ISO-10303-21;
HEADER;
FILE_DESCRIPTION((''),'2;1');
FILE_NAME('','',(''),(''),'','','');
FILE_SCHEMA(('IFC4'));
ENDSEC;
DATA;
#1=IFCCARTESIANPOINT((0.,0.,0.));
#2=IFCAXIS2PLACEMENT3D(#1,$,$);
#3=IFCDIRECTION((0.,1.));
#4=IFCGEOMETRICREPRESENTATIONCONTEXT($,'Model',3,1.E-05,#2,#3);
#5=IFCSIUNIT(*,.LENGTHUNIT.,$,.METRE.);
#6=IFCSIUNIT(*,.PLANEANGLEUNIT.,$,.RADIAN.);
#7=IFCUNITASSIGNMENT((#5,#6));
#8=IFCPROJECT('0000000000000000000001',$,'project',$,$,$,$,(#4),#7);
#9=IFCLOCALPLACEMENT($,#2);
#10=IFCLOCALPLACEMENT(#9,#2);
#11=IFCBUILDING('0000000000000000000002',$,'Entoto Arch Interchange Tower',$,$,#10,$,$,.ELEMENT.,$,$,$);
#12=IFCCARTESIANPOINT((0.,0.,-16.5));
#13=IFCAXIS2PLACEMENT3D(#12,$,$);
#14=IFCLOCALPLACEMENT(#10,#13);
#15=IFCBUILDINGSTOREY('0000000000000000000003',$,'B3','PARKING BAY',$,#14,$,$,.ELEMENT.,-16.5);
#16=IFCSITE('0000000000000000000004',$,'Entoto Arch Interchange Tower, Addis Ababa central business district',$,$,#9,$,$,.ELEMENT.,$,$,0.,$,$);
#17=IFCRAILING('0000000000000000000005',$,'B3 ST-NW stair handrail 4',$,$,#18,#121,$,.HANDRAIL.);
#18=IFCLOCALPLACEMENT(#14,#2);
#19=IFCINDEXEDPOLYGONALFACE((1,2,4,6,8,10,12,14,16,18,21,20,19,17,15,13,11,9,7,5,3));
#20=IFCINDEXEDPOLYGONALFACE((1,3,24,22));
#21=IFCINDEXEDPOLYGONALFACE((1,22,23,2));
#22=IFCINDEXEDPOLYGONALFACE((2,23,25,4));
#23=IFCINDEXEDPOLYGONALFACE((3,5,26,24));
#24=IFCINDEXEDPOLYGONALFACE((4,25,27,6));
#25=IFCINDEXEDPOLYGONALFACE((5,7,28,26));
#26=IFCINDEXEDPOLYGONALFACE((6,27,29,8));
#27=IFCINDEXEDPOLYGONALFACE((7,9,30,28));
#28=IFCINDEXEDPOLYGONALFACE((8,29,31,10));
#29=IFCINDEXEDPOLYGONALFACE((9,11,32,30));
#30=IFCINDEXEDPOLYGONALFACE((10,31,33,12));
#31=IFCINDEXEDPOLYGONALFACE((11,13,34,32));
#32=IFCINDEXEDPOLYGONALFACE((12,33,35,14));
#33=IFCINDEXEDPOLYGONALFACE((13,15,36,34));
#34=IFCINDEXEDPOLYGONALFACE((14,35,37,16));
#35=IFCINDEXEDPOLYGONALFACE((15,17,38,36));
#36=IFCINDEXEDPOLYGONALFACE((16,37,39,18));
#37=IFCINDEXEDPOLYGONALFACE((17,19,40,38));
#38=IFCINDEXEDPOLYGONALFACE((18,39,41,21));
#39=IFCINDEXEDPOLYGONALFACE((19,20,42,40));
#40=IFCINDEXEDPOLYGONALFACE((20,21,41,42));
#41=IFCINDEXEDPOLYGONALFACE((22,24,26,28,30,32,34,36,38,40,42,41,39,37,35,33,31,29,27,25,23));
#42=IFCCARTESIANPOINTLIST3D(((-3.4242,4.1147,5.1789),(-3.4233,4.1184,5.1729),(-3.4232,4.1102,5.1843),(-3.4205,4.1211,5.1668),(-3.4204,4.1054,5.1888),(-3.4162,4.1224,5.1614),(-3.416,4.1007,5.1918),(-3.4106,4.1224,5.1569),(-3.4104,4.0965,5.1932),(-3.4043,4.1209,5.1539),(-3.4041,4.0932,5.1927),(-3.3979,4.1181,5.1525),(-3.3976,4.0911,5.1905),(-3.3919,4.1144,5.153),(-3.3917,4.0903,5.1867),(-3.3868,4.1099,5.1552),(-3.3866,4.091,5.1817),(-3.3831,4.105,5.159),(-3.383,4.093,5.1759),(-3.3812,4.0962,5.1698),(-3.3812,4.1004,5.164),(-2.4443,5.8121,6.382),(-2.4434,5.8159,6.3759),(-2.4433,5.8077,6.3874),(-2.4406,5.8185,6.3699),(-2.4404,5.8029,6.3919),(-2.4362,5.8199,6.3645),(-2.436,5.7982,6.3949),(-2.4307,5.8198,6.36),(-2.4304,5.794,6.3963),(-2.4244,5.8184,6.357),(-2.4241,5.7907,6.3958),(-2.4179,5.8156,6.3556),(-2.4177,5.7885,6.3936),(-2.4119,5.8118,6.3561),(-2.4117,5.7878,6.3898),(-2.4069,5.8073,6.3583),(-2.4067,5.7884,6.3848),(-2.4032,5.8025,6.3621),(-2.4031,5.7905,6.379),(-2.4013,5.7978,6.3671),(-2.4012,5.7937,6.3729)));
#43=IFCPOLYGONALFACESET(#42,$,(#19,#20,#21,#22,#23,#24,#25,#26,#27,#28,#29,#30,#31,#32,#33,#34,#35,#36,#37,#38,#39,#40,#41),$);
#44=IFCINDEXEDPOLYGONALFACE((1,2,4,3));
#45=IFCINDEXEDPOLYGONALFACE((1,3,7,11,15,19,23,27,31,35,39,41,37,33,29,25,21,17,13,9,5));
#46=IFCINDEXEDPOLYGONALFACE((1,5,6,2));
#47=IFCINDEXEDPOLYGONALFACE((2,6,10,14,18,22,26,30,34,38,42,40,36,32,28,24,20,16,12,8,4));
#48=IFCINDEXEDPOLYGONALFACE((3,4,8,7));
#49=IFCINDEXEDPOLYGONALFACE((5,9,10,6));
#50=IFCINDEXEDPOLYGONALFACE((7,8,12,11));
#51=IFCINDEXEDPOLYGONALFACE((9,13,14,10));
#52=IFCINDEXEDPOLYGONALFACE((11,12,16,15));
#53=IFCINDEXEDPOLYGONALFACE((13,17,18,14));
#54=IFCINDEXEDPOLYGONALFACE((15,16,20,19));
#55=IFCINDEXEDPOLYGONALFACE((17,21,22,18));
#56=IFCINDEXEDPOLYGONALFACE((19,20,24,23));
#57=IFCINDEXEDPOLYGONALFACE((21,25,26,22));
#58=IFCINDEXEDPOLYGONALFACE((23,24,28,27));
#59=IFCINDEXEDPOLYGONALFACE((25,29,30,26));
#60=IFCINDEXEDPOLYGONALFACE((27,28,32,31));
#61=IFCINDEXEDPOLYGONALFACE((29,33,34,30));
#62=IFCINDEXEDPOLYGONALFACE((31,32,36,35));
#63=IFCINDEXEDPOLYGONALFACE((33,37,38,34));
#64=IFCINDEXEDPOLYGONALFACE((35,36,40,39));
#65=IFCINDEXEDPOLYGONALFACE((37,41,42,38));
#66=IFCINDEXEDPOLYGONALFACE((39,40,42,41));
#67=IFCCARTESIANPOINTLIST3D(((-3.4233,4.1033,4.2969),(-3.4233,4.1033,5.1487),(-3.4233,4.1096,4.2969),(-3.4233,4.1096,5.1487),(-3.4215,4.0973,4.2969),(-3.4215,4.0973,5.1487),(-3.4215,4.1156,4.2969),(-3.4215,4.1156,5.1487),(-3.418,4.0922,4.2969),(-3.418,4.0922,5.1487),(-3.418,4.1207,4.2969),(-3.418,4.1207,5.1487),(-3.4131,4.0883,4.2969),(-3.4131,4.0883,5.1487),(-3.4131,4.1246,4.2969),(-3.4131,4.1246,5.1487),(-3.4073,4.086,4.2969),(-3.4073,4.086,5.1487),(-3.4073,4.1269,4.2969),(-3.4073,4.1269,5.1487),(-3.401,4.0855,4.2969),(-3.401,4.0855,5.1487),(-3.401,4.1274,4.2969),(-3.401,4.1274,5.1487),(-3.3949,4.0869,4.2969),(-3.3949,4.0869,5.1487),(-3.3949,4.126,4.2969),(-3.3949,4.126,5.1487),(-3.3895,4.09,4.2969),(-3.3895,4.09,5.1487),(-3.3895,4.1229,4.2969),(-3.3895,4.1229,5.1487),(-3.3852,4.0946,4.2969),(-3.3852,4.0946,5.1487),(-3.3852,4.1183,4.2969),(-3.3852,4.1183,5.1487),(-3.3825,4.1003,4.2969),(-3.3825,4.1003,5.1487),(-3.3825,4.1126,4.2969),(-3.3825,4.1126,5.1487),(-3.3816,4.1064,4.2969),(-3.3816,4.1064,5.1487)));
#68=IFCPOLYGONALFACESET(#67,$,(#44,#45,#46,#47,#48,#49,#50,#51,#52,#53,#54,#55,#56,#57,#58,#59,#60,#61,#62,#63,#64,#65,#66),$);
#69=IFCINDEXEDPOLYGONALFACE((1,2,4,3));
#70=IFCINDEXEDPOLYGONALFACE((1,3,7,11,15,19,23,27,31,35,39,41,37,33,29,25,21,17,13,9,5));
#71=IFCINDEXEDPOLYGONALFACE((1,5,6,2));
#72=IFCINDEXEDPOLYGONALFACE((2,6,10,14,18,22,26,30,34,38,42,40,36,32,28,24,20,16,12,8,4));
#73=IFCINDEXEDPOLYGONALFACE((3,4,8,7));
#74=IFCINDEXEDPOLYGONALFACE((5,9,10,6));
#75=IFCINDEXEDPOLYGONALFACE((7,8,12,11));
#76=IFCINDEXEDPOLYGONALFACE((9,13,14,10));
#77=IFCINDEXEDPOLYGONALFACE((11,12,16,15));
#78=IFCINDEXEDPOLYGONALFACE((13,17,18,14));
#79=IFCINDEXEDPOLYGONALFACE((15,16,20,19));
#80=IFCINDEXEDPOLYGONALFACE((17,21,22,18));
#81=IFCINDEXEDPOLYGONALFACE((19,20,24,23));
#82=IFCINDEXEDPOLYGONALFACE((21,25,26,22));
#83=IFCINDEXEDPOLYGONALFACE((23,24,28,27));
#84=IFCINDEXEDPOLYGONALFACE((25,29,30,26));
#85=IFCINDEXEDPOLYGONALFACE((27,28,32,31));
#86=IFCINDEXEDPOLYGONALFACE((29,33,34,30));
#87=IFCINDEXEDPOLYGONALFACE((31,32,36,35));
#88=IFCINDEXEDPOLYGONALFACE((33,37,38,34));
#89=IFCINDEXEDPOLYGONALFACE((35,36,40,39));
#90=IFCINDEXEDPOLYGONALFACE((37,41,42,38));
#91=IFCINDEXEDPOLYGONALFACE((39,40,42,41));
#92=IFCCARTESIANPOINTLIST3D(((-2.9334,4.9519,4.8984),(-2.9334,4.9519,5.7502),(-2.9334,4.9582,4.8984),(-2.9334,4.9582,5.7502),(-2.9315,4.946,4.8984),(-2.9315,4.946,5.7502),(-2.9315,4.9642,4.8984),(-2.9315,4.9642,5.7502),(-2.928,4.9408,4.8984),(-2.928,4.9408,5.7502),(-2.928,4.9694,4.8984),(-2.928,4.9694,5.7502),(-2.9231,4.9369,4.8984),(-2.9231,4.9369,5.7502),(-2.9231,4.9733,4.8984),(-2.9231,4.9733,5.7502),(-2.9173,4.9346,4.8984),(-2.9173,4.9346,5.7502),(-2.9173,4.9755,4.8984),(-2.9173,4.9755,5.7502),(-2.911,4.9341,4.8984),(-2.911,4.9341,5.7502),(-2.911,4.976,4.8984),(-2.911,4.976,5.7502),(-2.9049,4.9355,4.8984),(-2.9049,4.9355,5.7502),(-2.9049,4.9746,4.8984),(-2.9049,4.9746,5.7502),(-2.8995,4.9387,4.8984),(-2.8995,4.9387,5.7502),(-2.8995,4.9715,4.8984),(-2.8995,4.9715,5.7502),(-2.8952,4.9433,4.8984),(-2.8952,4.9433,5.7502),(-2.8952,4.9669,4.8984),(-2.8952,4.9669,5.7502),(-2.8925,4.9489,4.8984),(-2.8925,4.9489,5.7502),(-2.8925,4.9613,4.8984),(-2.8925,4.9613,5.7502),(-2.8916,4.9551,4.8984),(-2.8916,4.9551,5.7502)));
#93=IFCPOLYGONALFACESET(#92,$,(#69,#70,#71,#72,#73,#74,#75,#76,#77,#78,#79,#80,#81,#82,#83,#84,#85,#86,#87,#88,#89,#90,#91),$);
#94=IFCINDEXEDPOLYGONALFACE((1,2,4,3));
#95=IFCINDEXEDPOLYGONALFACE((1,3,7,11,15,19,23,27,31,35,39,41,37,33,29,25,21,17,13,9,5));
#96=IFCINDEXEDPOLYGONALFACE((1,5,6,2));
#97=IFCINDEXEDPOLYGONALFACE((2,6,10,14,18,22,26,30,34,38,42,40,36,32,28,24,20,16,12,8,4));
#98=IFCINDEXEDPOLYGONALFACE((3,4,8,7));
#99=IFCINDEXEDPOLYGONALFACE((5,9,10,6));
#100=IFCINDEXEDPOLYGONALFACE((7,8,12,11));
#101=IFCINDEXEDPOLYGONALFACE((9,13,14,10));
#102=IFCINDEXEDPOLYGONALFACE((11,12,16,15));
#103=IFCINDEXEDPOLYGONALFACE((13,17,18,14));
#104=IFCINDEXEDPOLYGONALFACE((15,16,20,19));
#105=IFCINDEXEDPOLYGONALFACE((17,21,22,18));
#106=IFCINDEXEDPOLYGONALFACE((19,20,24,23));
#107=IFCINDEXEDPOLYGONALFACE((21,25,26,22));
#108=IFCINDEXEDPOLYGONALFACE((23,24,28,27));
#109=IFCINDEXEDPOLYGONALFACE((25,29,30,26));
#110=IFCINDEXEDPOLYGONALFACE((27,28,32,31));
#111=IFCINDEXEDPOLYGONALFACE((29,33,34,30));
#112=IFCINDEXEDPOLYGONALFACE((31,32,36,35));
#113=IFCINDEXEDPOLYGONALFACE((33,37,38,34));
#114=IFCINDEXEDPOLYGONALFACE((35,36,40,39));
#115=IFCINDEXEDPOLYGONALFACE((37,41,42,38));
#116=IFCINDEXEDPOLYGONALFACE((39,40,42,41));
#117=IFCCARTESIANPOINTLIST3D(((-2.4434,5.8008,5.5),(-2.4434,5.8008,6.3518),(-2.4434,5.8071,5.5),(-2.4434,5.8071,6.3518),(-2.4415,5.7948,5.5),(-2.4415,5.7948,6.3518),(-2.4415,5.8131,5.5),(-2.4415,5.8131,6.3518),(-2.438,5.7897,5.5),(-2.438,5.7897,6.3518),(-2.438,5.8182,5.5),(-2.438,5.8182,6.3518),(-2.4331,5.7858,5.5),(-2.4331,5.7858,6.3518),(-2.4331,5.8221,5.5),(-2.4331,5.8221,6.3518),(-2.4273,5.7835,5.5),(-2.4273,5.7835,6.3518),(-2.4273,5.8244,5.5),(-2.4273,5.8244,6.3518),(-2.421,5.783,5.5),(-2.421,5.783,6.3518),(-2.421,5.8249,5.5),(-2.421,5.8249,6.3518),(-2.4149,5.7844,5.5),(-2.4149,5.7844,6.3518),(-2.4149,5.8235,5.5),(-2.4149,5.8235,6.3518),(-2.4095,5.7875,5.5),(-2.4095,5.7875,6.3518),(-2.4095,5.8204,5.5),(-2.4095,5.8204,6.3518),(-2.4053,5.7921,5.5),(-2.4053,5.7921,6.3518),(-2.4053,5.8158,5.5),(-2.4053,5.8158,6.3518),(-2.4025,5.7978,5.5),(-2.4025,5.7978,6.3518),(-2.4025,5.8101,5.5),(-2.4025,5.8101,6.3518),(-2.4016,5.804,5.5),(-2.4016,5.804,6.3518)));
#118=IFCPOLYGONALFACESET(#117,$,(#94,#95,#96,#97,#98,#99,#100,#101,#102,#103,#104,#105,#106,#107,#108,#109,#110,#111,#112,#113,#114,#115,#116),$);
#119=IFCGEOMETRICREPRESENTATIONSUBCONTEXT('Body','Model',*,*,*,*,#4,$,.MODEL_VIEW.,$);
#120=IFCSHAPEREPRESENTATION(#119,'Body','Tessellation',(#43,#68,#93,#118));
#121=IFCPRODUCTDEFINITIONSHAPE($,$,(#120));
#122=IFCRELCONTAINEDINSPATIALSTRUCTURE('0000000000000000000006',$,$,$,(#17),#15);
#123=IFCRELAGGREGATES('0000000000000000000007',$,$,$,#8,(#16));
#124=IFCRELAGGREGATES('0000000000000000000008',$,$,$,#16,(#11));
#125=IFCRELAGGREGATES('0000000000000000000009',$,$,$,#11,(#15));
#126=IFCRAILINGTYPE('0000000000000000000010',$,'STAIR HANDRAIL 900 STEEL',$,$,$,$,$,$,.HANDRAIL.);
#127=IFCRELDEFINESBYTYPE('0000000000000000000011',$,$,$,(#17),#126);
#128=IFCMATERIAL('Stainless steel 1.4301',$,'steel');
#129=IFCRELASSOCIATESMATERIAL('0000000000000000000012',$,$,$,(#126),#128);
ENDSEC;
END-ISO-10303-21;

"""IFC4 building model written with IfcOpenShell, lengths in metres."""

from ifc_helpers import new_model, si_unit, direction, frame, origin, origin_2d, place, context, subcontext, project, spatial, circle, extrude, material, type_object, element, save


model = new_model("IFC4")

# Units and contexts
model_context = context("Model", 3, precision=1e-05, world=origin(), true_north=direction((0.0, 1.0)))
body_context = subcontext(model_context, "Body", "Model", "MODEL_VIEW")
ifc_project = project(units=[si_unit("LENGTHUNIT", "METRE"), si_unit("PLANEANGLEUNIT", "RADIAN")], contexts=[model_context])

# Site, building, storey
site_placement = place(None, origin())
site = spatial("IfcSite", under=ifc_project, at=site_placement, Name="Entoto Arch Interchange Tower, Addis Ababa central business district", CompositionType="ELEMENT", RefElevation=0.0)
building_placement = place(site_placement, origin())
building = spatial("IfcBuilding", under=site, at=building_placement, Name="Entoto Arch Interchange Tower", CompositionType="ELEMENT")
storey_placement = place(building_placement, frame((0.0, 0.0, -16.5)))
storey = spatial("IfcBuildingStorey", under=building, at=storey_placement, Name="B3", Description="PARKING BAY", CompositionType="ELEMENT", Elevation=-16.5)

# Railing
ifc_material_1 = material(Name="Stainless steel 1.4301", Category="steel")
railing_type_1 = type_object("IfcRailingType", Name="STAIR HANDRAIL 900 STEEL", PredefinedType="HANDRAIL", material=ifc_material_1)
for number, where, name in (
    (1, (-3.4026, 4.1064, 4.2969), "B3 ST-NW stair handrail 4"),
):
    element("IfcRailing", number, at=place(storey_placement, frame(where)), inside=storey, type_object=railing_type_1, Name=name, PredefinedType="HANDRAIL", context=body_context, shape_type="SweptSolid", body=[
        extrude(circle(Radius=0.0239, at=origin_2d()), frame((0.0, 0.0, 0.876), z_axis=(0.426102, 0.738089, 0.523127), x_axis=(-0.866042, 0.49997, 0.0)), (0.0, 0.0, 1.0), 2.2998),
        extrude(circle(Radius=0.021, at=origin_2d()), origin(), (0.0, 0.0, 1.0), 0.8518),
        extrude(circle(Radius=0.021, at=origin_2d()), frame((0.49, 0.8486, 0.6016)), (0.0, 0.0, 1.0), 0.8518),
        extrude(circle(Radius=0.021, at=origin_2d()), frame((0.98, 1.6975, 1.2031)), (0.0, 0.0, 1.0), 0.8518),
    ])

save(model, "model.ifc")
